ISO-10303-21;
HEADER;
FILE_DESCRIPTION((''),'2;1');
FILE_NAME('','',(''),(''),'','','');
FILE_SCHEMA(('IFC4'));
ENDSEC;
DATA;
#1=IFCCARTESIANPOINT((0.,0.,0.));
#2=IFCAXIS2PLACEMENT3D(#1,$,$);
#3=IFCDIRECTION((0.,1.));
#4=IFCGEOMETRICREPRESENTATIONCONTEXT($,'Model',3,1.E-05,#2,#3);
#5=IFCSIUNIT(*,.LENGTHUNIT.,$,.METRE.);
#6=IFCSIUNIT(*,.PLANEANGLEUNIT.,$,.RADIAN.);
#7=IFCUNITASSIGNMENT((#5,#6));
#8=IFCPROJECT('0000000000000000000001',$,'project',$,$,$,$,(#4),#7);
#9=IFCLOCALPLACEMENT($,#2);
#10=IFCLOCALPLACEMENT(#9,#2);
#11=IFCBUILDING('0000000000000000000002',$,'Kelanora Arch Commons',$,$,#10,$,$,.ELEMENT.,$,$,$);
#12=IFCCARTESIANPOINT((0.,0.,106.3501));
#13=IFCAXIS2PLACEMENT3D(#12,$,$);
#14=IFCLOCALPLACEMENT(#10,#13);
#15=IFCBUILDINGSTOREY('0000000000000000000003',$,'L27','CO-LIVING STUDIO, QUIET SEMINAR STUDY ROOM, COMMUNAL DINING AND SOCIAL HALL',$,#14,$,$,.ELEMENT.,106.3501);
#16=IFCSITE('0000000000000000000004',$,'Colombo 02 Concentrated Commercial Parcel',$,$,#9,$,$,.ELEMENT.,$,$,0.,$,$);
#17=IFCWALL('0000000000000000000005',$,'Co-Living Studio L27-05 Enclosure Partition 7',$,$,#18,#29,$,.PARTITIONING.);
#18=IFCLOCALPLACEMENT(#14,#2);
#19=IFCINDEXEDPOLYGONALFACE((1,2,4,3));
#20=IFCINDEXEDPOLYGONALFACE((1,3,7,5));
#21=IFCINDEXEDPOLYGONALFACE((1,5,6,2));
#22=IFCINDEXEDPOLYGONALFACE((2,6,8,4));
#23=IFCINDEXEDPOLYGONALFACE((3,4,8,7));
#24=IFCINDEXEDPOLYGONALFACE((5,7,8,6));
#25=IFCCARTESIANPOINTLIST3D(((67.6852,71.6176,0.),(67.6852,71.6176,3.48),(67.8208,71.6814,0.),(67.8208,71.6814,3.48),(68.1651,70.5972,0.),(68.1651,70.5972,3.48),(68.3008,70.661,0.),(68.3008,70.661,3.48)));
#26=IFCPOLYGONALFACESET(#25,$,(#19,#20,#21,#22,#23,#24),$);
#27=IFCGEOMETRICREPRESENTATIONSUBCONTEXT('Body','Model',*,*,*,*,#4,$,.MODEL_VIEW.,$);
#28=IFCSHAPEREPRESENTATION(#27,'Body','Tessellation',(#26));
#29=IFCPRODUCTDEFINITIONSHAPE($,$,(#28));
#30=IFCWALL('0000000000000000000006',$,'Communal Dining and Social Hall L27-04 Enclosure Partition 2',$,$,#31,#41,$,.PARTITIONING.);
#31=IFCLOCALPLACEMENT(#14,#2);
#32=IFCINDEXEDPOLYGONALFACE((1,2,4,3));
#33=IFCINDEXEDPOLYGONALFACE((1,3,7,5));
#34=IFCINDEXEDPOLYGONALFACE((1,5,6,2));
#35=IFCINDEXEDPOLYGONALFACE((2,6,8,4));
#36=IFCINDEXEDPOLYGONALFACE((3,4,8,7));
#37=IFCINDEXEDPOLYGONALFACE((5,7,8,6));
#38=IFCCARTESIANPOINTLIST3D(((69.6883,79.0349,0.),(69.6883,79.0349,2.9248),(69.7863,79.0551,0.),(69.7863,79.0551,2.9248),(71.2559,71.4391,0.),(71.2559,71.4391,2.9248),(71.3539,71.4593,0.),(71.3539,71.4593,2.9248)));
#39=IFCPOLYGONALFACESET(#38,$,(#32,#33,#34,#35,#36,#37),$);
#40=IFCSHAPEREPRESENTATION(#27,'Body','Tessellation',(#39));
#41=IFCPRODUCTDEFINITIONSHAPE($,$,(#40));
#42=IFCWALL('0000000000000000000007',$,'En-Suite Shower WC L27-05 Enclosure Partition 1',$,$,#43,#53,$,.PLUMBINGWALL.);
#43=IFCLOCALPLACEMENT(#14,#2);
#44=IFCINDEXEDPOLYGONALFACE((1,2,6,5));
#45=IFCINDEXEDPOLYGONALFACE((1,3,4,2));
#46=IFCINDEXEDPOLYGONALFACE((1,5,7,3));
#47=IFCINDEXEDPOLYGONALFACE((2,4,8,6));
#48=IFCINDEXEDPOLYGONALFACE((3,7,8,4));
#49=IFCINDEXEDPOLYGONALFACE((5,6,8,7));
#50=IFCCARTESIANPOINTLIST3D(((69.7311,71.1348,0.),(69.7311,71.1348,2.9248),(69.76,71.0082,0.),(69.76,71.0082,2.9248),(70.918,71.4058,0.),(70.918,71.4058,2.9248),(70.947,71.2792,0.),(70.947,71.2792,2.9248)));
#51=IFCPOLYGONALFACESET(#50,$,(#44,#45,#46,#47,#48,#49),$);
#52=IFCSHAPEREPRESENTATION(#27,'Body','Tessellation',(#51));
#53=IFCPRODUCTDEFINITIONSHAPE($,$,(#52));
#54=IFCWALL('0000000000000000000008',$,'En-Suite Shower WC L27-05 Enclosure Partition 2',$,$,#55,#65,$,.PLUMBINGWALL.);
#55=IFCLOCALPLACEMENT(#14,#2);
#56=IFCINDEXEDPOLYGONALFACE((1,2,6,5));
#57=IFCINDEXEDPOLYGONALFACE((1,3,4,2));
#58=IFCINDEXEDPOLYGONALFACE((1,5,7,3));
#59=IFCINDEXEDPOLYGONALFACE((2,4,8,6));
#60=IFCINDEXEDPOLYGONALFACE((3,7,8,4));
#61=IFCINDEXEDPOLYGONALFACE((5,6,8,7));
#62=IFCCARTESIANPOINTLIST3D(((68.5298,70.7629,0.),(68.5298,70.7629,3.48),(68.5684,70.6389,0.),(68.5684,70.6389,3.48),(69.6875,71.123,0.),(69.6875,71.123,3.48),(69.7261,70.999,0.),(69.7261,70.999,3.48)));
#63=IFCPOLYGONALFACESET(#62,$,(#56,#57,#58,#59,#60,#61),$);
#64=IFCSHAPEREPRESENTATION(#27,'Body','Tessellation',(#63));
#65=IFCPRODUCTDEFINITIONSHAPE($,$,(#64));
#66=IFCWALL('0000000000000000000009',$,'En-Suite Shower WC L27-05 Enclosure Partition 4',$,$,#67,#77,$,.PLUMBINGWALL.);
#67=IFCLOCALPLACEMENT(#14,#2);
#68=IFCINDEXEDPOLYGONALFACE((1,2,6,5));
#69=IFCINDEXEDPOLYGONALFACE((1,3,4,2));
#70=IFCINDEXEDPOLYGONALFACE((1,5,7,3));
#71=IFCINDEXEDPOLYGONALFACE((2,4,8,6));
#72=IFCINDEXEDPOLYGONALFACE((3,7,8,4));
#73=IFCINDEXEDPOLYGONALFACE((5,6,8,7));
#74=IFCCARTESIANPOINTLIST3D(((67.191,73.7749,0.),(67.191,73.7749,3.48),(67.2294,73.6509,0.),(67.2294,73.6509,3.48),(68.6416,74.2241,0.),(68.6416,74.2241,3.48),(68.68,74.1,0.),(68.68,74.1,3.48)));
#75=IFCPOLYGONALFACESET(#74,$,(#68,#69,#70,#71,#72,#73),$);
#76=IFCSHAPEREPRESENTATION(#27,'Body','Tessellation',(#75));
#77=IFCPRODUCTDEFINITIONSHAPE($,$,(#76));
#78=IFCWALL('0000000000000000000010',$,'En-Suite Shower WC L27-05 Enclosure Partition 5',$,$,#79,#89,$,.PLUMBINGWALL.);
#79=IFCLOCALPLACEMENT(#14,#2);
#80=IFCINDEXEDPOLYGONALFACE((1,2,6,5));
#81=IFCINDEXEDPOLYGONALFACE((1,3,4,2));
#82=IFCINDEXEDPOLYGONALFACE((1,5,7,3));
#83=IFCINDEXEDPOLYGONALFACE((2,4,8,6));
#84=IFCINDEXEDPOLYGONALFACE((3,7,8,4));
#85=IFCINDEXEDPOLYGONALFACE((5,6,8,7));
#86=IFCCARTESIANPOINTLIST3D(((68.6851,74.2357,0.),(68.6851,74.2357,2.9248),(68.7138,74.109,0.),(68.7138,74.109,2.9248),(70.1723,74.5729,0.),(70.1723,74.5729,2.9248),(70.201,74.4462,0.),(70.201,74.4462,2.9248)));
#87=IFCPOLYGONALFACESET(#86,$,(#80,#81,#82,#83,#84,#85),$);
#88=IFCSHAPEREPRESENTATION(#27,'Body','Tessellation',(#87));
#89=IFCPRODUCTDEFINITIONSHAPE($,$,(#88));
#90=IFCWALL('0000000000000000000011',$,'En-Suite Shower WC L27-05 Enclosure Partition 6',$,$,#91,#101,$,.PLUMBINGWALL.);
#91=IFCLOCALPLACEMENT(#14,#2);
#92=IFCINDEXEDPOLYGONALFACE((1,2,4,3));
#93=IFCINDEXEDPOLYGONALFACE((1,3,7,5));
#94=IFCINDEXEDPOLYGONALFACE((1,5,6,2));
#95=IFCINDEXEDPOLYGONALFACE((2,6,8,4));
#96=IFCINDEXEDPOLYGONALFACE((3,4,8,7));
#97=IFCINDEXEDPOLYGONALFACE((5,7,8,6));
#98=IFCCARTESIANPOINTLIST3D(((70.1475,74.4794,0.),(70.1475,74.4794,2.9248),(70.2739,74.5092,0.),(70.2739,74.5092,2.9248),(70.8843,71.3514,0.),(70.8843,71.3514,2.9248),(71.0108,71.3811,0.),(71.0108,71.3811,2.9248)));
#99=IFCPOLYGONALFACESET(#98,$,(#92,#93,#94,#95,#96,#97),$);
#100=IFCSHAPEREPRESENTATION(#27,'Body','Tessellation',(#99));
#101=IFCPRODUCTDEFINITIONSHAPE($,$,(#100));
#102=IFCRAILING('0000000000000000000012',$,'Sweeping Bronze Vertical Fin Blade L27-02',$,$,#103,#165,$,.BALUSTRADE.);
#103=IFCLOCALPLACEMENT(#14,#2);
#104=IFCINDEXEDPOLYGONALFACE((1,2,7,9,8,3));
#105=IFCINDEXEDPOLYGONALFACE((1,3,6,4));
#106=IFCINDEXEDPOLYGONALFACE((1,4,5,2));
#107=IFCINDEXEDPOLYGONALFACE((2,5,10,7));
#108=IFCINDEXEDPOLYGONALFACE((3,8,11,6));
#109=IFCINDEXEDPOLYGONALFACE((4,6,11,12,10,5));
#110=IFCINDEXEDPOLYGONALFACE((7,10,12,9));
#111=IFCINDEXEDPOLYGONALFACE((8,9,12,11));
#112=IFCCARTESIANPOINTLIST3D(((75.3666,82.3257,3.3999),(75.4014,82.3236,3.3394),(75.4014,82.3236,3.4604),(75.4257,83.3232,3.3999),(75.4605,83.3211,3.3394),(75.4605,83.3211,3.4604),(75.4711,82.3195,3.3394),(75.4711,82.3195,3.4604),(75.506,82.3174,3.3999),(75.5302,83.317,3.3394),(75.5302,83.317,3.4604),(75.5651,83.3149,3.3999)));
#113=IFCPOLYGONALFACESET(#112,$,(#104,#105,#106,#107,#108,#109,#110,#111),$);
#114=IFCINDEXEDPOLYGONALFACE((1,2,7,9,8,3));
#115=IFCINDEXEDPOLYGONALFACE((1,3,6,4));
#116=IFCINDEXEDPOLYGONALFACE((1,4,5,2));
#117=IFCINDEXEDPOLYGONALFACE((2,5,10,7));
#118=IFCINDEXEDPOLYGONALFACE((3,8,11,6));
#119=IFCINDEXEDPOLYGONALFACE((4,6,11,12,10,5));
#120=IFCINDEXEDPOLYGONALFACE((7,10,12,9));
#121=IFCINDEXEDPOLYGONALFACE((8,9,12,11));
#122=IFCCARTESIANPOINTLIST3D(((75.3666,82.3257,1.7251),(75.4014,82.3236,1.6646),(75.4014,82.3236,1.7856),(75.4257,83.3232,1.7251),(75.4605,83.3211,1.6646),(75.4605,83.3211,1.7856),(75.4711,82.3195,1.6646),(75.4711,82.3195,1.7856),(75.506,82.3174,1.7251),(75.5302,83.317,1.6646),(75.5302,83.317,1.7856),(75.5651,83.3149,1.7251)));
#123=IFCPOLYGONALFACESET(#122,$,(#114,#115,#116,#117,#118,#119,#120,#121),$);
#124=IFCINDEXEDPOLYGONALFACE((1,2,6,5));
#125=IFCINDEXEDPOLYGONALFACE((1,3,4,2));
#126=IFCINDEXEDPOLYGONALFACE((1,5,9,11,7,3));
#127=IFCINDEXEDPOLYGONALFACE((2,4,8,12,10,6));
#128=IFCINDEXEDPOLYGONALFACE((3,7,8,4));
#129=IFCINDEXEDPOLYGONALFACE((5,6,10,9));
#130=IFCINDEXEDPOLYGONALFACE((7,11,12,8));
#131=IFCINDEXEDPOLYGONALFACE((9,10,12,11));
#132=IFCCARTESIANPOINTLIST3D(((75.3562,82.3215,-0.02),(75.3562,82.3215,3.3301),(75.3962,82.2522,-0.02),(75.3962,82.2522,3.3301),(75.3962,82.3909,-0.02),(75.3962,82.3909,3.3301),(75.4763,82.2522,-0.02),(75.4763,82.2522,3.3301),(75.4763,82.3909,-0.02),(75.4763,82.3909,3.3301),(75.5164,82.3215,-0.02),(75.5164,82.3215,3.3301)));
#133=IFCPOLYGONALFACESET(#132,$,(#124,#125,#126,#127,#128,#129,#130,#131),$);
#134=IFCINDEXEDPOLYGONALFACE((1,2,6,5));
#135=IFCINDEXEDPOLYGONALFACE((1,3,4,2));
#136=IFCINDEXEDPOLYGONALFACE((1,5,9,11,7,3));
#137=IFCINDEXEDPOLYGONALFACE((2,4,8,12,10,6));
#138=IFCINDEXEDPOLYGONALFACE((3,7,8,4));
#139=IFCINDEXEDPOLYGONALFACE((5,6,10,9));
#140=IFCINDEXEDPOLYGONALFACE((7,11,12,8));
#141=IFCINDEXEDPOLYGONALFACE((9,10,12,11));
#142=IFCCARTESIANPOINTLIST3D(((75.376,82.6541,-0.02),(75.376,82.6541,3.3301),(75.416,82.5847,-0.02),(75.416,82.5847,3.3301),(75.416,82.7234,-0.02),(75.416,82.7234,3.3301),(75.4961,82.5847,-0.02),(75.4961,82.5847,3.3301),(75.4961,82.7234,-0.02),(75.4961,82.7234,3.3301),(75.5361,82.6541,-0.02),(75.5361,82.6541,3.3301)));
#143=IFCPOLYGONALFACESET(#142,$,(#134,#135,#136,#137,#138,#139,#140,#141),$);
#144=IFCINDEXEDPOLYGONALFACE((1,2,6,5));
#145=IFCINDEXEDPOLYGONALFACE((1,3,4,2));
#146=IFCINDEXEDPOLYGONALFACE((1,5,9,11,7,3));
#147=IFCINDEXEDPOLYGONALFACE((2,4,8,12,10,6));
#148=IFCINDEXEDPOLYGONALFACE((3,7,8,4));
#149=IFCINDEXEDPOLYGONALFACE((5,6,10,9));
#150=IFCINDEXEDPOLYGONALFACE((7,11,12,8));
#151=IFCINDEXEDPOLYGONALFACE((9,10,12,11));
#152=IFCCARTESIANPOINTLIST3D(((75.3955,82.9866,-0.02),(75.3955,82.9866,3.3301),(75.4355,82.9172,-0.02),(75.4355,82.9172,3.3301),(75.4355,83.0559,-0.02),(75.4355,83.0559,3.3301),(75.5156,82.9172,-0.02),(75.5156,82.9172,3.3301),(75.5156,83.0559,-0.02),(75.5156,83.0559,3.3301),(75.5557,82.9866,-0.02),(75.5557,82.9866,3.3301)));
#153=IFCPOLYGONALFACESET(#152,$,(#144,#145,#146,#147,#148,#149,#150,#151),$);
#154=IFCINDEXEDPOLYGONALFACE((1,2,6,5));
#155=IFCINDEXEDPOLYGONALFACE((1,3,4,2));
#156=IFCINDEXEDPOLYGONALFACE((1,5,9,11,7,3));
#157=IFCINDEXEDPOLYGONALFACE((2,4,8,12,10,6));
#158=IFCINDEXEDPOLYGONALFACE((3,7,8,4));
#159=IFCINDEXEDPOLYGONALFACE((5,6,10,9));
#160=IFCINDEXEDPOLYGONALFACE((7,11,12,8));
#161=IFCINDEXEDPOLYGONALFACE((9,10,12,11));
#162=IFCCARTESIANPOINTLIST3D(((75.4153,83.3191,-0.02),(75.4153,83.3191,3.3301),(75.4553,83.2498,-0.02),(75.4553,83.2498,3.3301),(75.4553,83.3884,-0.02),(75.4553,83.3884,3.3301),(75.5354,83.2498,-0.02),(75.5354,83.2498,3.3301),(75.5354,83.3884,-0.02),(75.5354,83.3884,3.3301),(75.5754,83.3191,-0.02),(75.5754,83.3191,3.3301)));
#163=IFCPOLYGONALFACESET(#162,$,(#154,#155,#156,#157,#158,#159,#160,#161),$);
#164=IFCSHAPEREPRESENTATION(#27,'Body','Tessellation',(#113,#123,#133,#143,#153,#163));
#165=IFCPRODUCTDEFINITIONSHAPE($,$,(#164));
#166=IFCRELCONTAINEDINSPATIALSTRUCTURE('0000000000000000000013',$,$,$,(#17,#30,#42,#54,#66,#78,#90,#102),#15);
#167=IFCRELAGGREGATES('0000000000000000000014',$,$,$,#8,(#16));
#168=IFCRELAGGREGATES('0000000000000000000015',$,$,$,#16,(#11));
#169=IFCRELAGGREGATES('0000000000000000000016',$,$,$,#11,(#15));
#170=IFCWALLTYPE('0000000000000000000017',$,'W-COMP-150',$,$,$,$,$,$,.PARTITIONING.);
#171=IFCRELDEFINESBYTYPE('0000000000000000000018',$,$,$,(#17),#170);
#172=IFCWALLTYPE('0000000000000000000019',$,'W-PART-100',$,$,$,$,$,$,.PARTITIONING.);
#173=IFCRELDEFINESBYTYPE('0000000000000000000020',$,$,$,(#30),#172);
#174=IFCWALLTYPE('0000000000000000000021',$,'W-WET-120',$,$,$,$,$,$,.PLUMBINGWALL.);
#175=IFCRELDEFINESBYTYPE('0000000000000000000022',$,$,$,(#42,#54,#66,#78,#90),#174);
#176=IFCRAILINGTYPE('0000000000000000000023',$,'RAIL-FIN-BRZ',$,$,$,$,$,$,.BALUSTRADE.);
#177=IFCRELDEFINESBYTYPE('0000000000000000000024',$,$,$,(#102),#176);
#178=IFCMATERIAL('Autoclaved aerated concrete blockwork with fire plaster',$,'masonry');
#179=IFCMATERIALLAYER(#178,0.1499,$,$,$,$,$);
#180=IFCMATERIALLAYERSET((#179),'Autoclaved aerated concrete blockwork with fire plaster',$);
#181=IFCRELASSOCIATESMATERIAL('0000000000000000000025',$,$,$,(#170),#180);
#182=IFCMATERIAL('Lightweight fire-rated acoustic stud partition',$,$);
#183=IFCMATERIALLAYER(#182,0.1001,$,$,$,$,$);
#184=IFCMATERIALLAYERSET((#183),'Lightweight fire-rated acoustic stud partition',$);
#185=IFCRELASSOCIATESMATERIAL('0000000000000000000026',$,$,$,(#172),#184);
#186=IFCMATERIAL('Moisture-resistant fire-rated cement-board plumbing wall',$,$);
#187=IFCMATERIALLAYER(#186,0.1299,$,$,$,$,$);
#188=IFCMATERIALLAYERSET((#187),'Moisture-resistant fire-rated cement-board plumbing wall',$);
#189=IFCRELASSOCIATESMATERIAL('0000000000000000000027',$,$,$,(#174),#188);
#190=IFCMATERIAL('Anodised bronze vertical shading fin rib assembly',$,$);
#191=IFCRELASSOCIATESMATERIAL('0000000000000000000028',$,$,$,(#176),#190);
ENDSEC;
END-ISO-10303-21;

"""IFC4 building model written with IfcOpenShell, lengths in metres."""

from ifc_helpers import new_model, si_unit, direction, frame, frame_2d, origin, place, context, subcontext, project, spatial, polyline, rectangle, outline, extrude, material, layer, layer_set, type_object, element, save


model = new_model("IFC4")

# Units and contexts
model_context = context("Model", 3, precision=1e-05, world=origin(), true_north=direction((0.0, 1.0)))
body_context = subcontext(model_context, "Body", "Model", "MODEL_VIEW")
ifc_project = project(units=[si_unit("LENGTHUNIT", "METRE"), si_unit("PLANEANGLEUNIT", "RADIAN")], contexts=[model_context])

# Site, building, storey
site_placement = place(None, origin())
site = spatial("IfcSite", under=ifc_project, at=site_placement, Name="Colombo 02 Concentrated Commercial Parcel", CompositionType="ELEMENT", RefElevation=0.0)
building_placement = place(site_placement, origin())
building = spatial("IfcBuilding", under=site, at=building_placement, Name="Kelanora Arch Commons", CompositionType="ELEMENT")
storey_placement = place(building_placement, frame((0.0, 0.0, 106.3501)))
storey = spatial("IfcBuildingStorey", under=building, at=storey_placement, Name="L27", Description="CO-LIVING STUDIO, QUIET SEMINAR STUDY ROOM, COMMUNAL DINING AND SOCIAL HALL", CompositionType="ELEMENT", Elevation=106.3501)

# Walls
ifc_material_1 = material(Name="Autoclaved aerated concrete blockwork with fire plaster", Category="masonry")
ifc_layer_1 = layer(ifc_material_1, 0.1499)
ifc_layer_set_1 = layer_set([ifc_layer_1], Name="Autoclaved aerated concrete blockwork with fire plaster")
wall_type_1 = type_object("IfcWallType", Name="W-COMP-150", PredefinedType="PARTITIONING", material=ifc_layer_set_1)
wall_1_placement = place(storey_placement, frame((67.7529, 71.6497, 0.0), z_axis=(0.0, 0.0, 1.0), x_axis=(0.425609, -0.904907, 0.0)))
element("IfcWall", 1, at=wall_1_placement, inside=storey, type_object=wall_type_1, Name="Co-Living Studio L27-05 Enclosure Partition 7", PredefinedType="PARTITIONING", context=body_context, shape_type="SweptSolid", body=[
    extrude(rectangle(XDim=1.1277, YDim=0.1499, at=frame_2d((0.564, 0.0))), origin(), (0.0, 0.0, 1.0), 3.48),
])
ifc_material_2 = material(Name="Lightweight fire-rated acoustic stud partition")
ifc_layer_2 = layer(ifc_material_2, 0.1001)
ifc_layer_set_2 = layer_set([ifc_layer_2], Name="Lightweight fire-rated acoustic stud partition")
wall_type_2 = type_object("IfcWallType", Name="W-PART-100", PredefinedType="PARTITIONING", material=ifc_layer_set_2)
wall_2_placement = place(storey_placement, frame((71.3049, 71.4492, 0.0), z_axis=(0.0, 0.0, 1.0), x_axis=(-0.202124, 0.97936, 0.0)))
element("IfcWall", 2, at=wall_2_placement, inside=storey, type_object=wall_type_2, Name="Communal Dining and Social Hall L27-04 Enclosure Partition 2", PredefinedType="PARTITIONING", context=body_context, shape_type="SweptSolid", body=[
    extrude(rectangle(XDim=7.7559, YDim=0.1001, at=frame_2d((3.8779, 0.0))), origin(), (0.0, 0.0, 1.0), 2.9248),
])
ifc_material_3 = material(Name="Moisture-resistant fire-rated cement-board plumbing wall")
ifc_layer_3 = layer(ifc_material_3, 0.1299)
ifc_layer_set_3 = layer_set([ifc_layer_3], Name="Moisture-resistant fire-rated cement-board plumbing wall")
wall_type_3 = type_object("IfcWallType", Name="W-WET-120", PredefinedType="PLUMBINGWALL", material=ifc_layer_set_3)
wall_3_placement = place(storey_placement, frame((70.9326, 71.3425, 0.0), z_axis=(0.0, 0.0, 1.0), x_axis=(-0.974916, -0.222574, 0.0)))
element("IfcWall", 3, at=wall_3_placement, inside=storey, type_object=wall_type_3, Name="En-Suite Shower WC L27-05 Enclosure Partition 1", PredefinedType="PLUMBINGWALL", context=body_context, shape_type="SweptSolid", body=[
    extrude(rectangle(XDim=1.2175, YDim=0.1299, at=frame_2d((0.6089, 0.0))), origin(), (0.0, 0.0, 1.0), 2.9248),
])
wall_4_placement = place(storey_placement, frame((69.7068, 71.061, 0.0), z_axis=(0.0, 0.0, 1.0), x_axis=(-0.954873, -0.297014, 0.0)))
element("IfcWall", 4, at=wall_4_placement, inside=storey, type_object=wall_type_3, Name="En-Suite Shower WC L27-05 Enclosure Partition 2", PredefinedType="PLUMBINGWALL", context=body_context, shape_type="SweptSolid", body=[
    extrude(rectangle(XDim=1.2124, YDim=0.1299, at=frame_2d((0.6062, 0.0))), origin(), (0.0, 0.0, 1.0), 3.48),
])
wall_5_placement = place(storey_placement, frame((67.2102, 73.7129, 0.0), z_axis=(0.0, 0.0, 1.0), x_axis=(0.955249, 0.295802, 0.0)))
element("IfcWall", 5, at=wall_5_placement, inside=storey, type_object=wall_type_3, Name="En-Suite Shower WC L27-05 Enclosure Partition 4", PredefinedType="PLUMBINGWALL", context=body_context, shape_type="SweptSolid", body=[
    extrude(rectangle(XDim=1.5186, YDim=0.1299, at=frame_2d((0.7593, 0.0))), origin(), (0.0, 0.0, 1.0), 3.48),
])
wall_6_placement = place(storey_placement, frame((68.6995, 74.1724, 0.0), z_axis=(0.0, 0.0, 1.0), x_axis=(0.975248, 0.221116, 0.0)))
element("IfcWall", 6, at=wall_6_placement, inside=storey, type_object=wall_type_3, Name="En-Suite Shower WC L27-05 Enclosure Partition 5", PredefinedType="PLUMBINGWALL", context=body_context, shape_type="SweptSolid", body=[
    extrude(rectangle(XDim=1.5249, YDim=0.1299, at=frame_2d((0.7625, 0.0))), origin(), (0.0, 0.0, 1.0), 2.9248),
])
wall_7_placement = place(storey_placement, frame((70.2107, 74.4944, 0.0), z_axis=(0.0, 0.0, 1.0), x_axis=(0.229285, -0.973359, 0.0)))
element("IfcWall", 7, at=wall_7_placement, inside=storey, type_object=wall_type_3, Name="En-Suite Shower WC L27-05 Enclosure Partition 6", PredefinedType="PLUMBINGWALL", context=body_context, shape_type="SweptSolid", body=[
    extrude(rectangle(XDim=3.2136, YDim=0.1299, at=frame_2d((1.6069, 0.0))), origin(), (0.0, 0.0, 1.0), 2.9248),
])

# Railing
ifc_material_4 = material(Name="Anodised bronze vertical shading fin rib assembly")
railing_type = type_object("IfcRailingType", Name="RAIL-FIN-BRZ", PredefinedType="BALUSTRADE", material=ifc_material_4)
railing_1_placement = place(storey_placement, frame((75.4363, 82.3215, -0.02)))
element("IfcRailing", 8, at=railing_1_placement, inside=storey, type_object=railing_type, Name="Sweeping Bronze Vertical Fin Blade L27-02", PredefinedType="BALUSTRADE", context=body_context, shape_type="SweptSolid", body=[
    extrude(outline(polyline([(0.0698, 0.0), (0.0349, 0.0605), (-0.0349, 0.0605), (-0.0698, 0.0), (-0.0349, -0.0605), (0.0349, -0.0605), (0.0698, 0.0)])), frame((0.0, 0.0, 3.4199), z_axis=(0.059123, 0.998251, 0.0), x_axis=(-0.998251, 0.059123, 0.0)), (0.0, 0.0, 1.0), 0.9993),
    extrude(outline(polyline([(0.0698, 0.0), (0.0349, 0.0605), (-0.0349, 0.0605), (-0.0698, 0.0), (-0.0349, -0.0605), (0.0349, -0.0605), (0.0698, 0.0)])), frame((0.0, 0.0, 1.7451), z_axis=(0.059123, 0.998251, 0.0), x_axis=(-0.998251, 0.059123, 0.0)), (0.0, 0.0, 1.0), 0.9993),
    extrude(outline(polyline([(0.0801, 0.0), (0.04, 0.0693), (-0.04, 0.0693), (-0.0801, 0.0), (-0.04, -0.0693), (0.04, -0.0693), (0.0801, 0.0)])), origin(), (0.0, 0.0, 1.0), 3.3501),
    extrude(outline(polyline([(0.0801, 0.0), (0.04, 0.0693), (-0.04, 0.0693), (-0.0801, 0.0), (-0.04, -0.0693), (0.04, -0.0693), (0.0801, 0.0)])), frame((0.0198, 0.3325, 0.0)), (0.0, 0.0, 1.0), 3.3501),
    extrude(outline(polyline([(0.0801, 0.0), (0.04, 0.0693), (-0.04, 0.0693), (-0.0801, 0.0), (-0.04, -0.0693), (0.04, -0.0693), (0.0801, 0.0)])), frame((0.0393, 0.665, 0.0)), (0.0, 0.0, 1.0), 3.3501),
    extrude(outline(polyline([(0.0801, 0.0), (0.04, 0.0693), (-0.04, 0.0693), (-0.0801, 0.0), (-0.04, -0.0693), (0.04, -0.0693), (0.0801, 0.0)])), frame((0.0591, 0.9976, 0.0)), (0.0, 0.0, 1.0), 3.3501),
])

save(model, "model.ifc")
